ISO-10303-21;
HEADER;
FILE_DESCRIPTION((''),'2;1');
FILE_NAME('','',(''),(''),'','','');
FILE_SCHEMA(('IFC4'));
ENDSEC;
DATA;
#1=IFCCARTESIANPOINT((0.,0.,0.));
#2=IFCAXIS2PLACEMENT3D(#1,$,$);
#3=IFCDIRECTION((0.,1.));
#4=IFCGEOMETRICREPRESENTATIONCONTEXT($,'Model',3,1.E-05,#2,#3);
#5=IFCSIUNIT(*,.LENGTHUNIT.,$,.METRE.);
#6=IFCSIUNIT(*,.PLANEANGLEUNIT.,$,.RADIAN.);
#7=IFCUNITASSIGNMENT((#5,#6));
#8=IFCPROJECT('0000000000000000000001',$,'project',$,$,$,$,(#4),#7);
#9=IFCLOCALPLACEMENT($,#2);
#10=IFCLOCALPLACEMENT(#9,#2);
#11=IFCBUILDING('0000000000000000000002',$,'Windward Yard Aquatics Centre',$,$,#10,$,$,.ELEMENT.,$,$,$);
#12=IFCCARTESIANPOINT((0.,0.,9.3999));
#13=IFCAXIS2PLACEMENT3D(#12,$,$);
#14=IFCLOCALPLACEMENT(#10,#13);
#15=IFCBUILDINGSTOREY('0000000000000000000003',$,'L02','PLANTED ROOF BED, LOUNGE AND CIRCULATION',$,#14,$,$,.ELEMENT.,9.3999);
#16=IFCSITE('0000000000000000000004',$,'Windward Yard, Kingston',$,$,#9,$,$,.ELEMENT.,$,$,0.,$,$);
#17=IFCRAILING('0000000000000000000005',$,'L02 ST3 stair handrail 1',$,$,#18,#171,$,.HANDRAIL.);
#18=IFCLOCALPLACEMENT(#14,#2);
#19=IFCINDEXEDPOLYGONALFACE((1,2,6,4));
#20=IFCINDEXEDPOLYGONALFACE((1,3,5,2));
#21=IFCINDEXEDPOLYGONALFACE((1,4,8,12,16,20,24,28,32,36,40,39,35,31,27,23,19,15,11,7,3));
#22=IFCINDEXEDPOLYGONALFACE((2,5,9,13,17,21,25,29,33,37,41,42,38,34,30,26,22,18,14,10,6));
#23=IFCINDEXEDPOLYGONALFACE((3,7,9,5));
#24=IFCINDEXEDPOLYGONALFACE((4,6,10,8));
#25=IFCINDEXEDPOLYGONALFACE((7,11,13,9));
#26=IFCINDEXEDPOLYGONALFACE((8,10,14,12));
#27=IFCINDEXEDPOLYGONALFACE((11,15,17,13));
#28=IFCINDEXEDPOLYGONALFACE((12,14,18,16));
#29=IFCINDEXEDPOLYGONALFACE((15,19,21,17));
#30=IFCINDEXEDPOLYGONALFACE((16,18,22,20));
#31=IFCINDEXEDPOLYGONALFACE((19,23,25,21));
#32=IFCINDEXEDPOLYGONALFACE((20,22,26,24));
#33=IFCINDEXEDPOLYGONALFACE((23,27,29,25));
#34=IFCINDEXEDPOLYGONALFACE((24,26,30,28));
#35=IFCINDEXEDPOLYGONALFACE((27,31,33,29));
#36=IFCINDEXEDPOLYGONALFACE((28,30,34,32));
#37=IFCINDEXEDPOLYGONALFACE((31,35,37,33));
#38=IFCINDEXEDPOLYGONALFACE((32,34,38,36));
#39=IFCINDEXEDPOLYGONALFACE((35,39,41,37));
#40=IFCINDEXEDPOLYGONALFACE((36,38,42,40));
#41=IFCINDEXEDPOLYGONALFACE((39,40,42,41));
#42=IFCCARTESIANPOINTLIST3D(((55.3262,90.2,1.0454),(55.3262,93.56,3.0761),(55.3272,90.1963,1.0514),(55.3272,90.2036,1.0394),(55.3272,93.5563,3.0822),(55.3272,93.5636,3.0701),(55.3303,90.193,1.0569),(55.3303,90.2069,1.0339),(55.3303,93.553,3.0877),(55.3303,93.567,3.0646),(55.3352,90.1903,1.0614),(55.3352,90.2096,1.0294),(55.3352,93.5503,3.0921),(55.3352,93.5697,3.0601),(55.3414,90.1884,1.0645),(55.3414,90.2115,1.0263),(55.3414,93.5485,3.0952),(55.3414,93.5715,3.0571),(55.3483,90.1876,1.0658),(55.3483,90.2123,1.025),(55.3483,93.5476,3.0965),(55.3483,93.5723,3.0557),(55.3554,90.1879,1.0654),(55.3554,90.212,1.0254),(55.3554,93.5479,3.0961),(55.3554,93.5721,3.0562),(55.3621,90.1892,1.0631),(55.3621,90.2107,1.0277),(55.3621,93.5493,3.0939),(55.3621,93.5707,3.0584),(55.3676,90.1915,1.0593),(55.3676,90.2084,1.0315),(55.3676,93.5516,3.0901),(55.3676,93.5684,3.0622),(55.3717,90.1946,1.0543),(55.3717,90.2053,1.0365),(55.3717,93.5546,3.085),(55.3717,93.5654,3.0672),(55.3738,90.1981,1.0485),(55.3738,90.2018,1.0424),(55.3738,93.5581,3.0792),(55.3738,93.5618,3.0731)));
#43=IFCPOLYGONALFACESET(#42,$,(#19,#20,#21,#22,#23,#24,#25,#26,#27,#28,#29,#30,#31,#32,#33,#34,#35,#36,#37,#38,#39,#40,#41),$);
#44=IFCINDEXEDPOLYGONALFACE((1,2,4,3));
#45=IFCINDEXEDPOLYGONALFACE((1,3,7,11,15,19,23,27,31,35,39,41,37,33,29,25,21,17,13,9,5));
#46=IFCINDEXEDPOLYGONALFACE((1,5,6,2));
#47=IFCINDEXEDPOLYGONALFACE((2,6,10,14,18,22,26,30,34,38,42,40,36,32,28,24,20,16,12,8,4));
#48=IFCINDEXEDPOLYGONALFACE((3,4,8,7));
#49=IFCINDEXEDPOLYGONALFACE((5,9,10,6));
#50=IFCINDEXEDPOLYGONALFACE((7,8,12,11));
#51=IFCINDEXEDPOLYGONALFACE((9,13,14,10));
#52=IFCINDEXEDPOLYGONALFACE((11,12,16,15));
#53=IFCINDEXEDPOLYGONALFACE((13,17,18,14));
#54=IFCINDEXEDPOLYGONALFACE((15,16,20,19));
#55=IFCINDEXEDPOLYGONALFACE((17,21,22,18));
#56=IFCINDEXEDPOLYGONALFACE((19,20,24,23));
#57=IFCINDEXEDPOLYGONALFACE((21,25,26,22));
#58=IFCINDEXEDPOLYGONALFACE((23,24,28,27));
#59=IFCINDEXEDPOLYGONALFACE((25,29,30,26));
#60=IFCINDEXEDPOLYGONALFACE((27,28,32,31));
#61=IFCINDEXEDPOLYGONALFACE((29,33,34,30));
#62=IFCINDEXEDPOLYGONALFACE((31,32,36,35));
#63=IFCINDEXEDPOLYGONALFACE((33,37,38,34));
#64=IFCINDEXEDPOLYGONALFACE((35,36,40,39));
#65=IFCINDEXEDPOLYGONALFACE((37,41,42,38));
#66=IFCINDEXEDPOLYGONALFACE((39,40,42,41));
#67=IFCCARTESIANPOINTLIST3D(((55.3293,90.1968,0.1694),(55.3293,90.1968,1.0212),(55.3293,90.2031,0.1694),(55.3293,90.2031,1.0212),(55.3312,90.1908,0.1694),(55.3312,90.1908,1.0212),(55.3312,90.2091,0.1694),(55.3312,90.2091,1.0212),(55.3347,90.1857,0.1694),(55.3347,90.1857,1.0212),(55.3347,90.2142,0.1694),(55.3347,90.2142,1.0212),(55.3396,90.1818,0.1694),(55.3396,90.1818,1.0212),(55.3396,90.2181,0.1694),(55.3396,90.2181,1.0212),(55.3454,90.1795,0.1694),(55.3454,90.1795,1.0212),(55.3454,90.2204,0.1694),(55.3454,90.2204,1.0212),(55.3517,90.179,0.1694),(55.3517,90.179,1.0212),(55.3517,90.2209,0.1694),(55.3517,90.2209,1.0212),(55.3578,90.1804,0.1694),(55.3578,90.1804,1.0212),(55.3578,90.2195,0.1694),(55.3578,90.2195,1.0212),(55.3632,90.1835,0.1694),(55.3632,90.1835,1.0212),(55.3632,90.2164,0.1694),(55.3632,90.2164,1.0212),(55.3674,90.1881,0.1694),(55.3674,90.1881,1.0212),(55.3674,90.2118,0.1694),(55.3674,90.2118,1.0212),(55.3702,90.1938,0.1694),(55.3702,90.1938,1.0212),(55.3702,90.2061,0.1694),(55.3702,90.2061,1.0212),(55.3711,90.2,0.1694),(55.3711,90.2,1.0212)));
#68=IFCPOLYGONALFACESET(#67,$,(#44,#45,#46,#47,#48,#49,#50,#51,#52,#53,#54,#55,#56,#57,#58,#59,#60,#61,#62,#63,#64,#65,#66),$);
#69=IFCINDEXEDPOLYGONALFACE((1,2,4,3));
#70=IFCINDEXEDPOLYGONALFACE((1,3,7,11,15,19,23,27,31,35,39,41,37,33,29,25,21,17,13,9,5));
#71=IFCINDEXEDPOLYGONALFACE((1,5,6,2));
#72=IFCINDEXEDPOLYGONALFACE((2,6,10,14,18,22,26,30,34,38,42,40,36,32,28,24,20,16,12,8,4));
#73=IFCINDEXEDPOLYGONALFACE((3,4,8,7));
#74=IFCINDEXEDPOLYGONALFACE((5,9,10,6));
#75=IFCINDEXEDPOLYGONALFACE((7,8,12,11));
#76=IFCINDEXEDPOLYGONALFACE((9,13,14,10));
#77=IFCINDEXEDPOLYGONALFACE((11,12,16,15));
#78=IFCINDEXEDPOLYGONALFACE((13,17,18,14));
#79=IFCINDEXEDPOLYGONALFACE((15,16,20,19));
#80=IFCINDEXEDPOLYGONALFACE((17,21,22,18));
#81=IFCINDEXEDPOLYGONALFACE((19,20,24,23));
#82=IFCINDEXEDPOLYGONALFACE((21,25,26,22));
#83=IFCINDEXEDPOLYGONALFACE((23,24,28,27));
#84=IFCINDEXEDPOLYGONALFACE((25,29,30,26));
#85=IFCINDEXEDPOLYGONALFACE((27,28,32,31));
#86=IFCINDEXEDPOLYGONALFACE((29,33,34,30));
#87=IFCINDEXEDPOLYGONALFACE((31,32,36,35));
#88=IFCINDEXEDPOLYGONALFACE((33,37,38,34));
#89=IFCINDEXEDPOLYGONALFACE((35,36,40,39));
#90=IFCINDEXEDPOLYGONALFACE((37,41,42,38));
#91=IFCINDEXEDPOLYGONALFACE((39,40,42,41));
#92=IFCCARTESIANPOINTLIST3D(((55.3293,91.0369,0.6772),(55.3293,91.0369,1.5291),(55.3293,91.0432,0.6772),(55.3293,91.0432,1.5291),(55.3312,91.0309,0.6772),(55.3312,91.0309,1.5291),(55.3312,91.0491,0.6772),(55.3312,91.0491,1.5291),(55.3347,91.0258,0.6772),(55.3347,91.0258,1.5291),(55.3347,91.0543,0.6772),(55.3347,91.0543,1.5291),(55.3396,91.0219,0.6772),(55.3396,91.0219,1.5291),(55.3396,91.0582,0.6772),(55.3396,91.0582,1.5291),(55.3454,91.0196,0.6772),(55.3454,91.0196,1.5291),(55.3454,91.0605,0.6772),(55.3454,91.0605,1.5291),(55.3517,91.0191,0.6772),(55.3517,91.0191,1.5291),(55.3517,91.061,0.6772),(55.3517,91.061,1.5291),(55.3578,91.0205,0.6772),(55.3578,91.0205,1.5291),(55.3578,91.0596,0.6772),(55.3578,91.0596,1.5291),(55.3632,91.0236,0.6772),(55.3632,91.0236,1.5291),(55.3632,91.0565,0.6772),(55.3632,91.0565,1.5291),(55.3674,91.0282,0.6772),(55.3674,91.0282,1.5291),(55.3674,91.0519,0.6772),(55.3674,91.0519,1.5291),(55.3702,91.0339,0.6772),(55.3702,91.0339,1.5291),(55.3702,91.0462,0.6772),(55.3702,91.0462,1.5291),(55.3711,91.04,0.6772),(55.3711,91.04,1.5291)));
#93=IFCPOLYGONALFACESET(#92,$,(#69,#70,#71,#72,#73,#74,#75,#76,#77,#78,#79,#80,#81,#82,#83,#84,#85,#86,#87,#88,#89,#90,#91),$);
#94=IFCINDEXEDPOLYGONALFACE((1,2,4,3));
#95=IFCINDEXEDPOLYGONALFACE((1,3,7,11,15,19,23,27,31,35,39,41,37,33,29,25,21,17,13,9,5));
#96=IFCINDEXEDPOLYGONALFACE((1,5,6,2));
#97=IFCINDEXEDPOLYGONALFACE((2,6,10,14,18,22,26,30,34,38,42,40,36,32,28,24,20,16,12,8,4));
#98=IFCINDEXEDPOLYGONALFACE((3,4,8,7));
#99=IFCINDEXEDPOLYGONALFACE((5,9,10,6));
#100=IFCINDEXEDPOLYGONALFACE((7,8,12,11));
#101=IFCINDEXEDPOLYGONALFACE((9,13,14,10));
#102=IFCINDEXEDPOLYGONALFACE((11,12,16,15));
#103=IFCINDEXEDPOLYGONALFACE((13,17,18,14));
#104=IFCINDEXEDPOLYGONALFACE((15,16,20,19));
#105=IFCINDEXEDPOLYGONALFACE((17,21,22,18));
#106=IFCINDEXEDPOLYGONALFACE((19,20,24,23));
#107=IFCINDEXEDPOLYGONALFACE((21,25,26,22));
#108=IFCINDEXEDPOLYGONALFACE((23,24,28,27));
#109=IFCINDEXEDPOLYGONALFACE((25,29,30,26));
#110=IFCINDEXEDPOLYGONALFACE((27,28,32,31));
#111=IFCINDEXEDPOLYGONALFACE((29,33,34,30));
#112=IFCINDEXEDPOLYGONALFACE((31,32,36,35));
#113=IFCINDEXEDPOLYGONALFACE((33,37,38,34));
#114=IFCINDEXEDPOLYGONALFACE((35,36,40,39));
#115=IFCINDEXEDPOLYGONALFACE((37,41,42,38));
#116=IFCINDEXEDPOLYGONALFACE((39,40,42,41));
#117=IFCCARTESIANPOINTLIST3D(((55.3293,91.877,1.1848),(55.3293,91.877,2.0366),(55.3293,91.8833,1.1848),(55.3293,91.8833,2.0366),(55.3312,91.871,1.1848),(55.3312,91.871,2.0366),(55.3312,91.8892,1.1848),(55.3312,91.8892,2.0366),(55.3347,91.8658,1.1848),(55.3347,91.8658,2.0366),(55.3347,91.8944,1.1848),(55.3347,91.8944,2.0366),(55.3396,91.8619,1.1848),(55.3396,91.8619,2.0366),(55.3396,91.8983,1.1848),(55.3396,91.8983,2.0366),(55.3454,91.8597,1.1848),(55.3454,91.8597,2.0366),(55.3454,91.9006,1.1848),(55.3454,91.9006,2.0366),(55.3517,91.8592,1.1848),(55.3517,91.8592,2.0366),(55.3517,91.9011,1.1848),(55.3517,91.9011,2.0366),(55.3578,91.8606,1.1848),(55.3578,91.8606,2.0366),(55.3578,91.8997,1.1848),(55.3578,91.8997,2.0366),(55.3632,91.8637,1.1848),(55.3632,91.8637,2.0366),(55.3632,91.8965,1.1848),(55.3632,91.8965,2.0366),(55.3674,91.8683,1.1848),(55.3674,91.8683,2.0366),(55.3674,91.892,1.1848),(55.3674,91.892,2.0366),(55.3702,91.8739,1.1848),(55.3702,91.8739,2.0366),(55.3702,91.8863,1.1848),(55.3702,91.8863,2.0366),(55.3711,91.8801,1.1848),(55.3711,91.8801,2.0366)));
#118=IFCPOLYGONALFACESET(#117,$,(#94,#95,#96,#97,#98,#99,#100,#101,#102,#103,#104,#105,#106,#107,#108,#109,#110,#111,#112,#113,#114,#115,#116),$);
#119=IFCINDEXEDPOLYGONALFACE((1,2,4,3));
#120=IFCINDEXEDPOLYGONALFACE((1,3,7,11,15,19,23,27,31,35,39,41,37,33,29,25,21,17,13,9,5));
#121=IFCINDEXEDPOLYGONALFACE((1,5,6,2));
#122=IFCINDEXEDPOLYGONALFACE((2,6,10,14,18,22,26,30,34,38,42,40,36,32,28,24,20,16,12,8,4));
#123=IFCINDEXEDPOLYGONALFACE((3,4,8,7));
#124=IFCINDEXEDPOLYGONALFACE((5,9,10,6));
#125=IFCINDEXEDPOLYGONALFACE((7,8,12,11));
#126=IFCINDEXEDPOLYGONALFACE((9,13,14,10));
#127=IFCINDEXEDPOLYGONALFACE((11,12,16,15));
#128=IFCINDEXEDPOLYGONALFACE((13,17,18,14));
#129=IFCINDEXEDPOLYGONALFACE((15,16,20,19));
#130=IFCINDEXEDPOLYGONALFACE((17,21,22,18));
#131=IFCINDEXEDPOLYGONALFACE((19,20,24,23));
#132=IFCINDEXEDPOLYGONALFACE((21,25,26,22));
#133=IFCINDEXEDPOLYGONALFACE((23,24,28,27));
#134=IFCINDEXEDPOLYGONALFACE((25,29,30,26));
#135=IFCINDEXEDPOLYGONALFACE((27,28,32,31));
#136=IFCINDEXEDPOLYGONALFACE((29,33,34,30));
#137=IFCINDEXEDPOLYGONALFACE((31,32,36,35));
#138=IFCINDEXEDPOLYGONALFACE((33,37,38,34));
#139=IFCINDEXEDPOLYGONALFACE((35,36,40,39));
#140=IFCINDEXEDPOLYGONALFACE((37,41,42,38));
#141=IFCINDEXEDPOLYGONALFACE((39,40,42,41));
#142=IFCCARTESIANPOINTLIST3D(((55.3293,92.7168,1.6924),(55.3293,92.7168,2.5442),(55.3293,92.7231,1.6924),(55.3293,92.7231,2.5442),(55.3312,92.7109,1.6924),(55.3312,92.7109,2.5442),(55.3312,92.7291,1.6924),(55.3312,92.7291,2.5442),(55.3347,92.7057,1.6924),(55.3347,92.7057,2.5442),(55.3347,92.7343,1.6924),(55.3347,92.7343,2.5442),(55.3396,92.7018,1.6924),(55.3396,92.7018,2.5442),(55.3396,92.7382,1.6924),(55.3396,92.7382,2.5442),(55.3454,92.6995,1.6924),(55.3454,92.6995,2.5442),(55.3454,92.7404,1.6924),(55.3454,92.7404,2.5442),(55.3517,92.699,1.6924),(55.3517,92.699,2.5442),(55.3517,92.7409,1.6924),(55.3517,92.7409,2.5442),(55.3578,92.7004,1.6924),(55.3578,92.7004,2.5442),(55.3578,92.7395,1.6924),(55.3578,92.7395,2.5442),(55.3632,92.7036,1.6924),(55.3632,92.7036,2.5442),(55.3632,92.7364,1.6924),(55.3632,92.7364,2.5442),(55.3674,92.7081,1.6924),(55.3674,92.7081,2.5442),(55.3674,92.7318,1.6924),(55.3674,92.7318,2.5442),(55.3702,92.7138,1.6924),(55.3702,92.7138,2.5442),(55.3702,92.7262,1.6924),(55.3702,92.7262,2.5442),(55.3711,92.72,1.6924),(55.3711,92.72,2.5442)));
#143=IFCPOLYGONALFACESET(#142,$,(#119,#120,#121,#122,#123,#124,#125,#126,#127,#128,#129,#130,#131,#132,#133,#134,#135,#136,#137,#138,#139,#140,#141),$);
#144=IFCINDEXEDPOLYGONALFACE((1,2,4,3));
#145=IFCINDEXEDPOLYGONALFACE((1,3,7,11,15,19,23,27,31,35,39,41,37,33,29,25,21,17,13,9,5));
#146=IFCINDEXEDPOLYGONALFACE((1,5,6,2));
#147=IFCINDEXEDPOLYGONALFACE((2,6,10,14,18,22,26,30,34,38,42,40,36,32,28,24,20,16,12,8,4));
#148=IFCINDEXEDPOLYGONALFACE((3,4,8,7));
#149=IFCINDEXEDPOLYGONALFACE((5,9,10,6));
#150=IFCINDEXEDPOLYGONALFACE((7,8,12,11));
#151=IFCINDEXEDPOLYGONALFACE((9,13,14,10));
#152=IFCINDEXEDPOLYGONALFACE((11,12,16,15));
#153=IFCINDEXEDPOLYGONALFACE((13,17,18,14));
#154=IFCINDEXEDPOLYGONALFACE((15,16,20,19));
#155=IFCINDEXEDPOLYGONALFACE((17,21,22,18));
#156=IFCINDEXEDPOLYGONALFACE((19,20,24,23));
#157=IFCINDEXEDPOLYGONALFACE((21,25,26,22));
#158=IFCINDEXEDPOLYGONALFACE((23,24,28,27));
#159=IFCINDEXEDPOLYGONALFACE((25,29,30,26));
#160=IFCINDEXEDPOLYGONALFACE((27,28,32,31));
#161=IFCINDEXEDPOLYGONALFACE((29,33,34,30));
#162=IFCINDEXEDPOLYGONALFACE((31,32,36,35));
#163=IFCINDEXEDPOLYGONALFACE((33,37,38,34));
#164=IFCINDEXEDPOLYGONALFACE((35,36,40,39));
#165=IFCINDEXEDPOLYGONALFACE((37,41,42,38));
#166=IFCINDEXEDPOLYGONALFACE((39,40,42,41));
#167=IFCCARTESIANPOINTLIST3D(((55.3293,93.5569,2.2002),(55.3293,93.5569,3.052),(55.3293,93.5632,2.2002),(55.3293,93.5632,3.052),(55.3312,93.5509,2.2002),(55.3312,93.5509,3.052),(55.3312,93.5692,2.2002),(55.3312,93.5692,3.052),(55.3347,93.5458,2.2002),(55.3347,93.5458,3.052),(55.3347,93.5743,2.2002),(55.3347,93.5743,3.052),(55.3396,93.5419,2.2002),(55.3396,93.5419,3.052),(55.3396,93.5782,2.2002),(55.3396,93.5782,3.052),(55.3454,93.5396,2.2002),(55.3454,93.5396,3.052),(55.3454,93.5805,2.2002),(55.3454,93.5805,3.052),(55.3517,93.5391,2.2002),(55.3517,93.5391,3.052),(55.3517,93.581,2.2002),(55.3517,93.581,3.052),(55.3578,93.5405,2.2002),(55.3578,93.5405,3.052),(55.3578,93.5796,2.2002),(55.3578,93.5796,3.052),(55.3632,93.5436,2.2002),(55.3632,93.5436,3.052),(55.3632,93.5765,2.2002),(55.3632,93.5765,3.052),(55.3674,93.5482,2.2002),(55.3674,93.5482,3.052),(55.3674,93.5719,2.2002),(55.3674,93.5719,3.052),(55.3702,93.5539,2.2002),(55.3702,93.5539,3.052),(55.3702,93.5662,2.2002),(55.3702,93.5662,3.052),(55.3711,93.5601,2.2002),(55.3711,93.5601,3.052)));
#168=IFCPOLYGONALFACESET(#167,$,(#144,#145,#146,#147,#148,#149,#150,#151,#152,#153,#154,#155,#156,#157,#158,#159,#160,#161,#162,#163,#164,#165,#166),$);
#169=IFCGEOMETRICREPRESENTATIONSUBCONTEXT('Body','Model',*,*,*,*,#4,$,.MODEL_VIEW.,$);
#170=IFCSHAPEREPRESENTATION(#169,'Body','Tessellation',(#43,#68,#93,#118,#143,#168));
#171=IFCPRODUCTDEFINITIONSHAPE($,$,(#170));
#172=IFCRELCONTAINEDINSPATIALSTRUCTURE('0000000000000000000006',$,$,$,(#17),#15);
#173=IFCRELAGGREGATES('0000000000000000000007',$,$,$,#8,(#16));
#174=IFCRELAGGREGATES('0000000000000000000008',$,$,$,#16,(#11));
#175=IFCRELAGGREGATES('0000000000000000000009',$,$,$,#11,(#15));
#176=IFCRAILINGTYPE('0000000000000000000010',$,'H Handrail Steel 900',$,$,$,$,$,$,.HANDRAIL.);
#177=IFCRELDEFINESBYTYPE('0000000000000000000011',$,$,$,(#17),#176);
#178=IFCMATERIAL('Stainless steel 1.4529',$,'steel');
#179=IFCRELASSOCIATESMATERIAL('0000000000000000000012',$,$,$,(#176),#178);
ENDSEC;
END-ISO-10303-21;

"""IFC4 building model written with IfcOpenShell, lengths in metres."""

from ifc_helpers import new_model, si_unit, direction, frame, origin, origin_2d, place, context, subcontext, project, spatial, circle, extrude, material, type_object, element, save


model = new_model("IFC4")

# Units and contexts
model_context = context("Model", 3, precision=1e-05, world=origin(), true_north=direction((0.0, 1.0)))
body_context = subcontext(model_context, "Body", "Model", "MODEL_VIEW")
ifc_project = project(units=[si_unit("LENGTHUNIT", "METRE"), si_unit("PLANEANGLEUNIT", "RADIAN")], contexts=[model_context])

# Site, building, storey
site_placement = place(None, origin())
site = spatial("IfcSite", under=ifc_project, at=site_placement, Name="Windward Yard, Kingston", CompositionType="ELEMENT", RefElevation=0.0)
building_placement = place(site_placement, origin())
building = spatial("IfcBuilding", under=site, at=building_placement, Name="Windward Yard Aquatics Centre", CompositionType="ELEMENT")
storey_placement = place(building_placement, frame((0.0, 0.0, 9.3999)))
storey = spatial("IfcBuildingStorey", under=building, at=storey_placement, Name="L02", Description="PLANTED ROOF BED, LOUNGE AND CIRCULATION", CompositionType="ELEMENT", Elevation=9.3999)

# Railing
ifc_material_1 = material(Name="Stainless steel 1.4529", Category="steel")
railing_type_1 = type_object("IfcRailingType", Name="H Handrail Steel 900", PredefinedType="HANDRAIL", material=ifc_material_1)
railing_1_placement = place(storey_placement, frame((55.3501, 90.2, 0.1694)))
element("IfcRailing", 1, at=railing_1_placement, inside=storey, type_object=railing_type_1, Name="L02 ST3 stair handrail 1", PredefinedType="HANDRAIL", context=body_context, shape_type="SweptSolid", body=[
    extrude(circle(Radius=0.0239, at=origin_2d()), frame((0.0, 0.0, 0.876), z_axis=(0.0, 0.855837, 0.517246), x_axis=(-1.0, 0.0, 0.0)), (0.0, 0.0, 1.0), 3.926),
    extrude(circle(Radius=0.021, at=origin_2d()), origin(), (0.0, 0.0, 1.0), 0.8518),
    extrude(circle(Radius=0.021, at=origin_2d()), frame((0.0, 0.8401, 0.5078)), (0.0, 0.0, 1.0), 0.8518),
    extrude(circle(Radius=0.021, at=origin_2d()), frame((0.0, 1.6802, 1.0154)), (0.0, 0.0, 1.0), 0.8518),
    extrude(circle(Radius=0.021, at=origin_2d()), frame((0.0, 2.52, 1.5229)), (0.0, 0.0, 1.0), 0.8518),
    extrude(circle(Radius=0.021, at=origin_2d()), frame((0.0, 3.3601, 2.0308)), (0.0, 0.0, 1.0), 0.8518),
])

save(model, "model.ifc")
